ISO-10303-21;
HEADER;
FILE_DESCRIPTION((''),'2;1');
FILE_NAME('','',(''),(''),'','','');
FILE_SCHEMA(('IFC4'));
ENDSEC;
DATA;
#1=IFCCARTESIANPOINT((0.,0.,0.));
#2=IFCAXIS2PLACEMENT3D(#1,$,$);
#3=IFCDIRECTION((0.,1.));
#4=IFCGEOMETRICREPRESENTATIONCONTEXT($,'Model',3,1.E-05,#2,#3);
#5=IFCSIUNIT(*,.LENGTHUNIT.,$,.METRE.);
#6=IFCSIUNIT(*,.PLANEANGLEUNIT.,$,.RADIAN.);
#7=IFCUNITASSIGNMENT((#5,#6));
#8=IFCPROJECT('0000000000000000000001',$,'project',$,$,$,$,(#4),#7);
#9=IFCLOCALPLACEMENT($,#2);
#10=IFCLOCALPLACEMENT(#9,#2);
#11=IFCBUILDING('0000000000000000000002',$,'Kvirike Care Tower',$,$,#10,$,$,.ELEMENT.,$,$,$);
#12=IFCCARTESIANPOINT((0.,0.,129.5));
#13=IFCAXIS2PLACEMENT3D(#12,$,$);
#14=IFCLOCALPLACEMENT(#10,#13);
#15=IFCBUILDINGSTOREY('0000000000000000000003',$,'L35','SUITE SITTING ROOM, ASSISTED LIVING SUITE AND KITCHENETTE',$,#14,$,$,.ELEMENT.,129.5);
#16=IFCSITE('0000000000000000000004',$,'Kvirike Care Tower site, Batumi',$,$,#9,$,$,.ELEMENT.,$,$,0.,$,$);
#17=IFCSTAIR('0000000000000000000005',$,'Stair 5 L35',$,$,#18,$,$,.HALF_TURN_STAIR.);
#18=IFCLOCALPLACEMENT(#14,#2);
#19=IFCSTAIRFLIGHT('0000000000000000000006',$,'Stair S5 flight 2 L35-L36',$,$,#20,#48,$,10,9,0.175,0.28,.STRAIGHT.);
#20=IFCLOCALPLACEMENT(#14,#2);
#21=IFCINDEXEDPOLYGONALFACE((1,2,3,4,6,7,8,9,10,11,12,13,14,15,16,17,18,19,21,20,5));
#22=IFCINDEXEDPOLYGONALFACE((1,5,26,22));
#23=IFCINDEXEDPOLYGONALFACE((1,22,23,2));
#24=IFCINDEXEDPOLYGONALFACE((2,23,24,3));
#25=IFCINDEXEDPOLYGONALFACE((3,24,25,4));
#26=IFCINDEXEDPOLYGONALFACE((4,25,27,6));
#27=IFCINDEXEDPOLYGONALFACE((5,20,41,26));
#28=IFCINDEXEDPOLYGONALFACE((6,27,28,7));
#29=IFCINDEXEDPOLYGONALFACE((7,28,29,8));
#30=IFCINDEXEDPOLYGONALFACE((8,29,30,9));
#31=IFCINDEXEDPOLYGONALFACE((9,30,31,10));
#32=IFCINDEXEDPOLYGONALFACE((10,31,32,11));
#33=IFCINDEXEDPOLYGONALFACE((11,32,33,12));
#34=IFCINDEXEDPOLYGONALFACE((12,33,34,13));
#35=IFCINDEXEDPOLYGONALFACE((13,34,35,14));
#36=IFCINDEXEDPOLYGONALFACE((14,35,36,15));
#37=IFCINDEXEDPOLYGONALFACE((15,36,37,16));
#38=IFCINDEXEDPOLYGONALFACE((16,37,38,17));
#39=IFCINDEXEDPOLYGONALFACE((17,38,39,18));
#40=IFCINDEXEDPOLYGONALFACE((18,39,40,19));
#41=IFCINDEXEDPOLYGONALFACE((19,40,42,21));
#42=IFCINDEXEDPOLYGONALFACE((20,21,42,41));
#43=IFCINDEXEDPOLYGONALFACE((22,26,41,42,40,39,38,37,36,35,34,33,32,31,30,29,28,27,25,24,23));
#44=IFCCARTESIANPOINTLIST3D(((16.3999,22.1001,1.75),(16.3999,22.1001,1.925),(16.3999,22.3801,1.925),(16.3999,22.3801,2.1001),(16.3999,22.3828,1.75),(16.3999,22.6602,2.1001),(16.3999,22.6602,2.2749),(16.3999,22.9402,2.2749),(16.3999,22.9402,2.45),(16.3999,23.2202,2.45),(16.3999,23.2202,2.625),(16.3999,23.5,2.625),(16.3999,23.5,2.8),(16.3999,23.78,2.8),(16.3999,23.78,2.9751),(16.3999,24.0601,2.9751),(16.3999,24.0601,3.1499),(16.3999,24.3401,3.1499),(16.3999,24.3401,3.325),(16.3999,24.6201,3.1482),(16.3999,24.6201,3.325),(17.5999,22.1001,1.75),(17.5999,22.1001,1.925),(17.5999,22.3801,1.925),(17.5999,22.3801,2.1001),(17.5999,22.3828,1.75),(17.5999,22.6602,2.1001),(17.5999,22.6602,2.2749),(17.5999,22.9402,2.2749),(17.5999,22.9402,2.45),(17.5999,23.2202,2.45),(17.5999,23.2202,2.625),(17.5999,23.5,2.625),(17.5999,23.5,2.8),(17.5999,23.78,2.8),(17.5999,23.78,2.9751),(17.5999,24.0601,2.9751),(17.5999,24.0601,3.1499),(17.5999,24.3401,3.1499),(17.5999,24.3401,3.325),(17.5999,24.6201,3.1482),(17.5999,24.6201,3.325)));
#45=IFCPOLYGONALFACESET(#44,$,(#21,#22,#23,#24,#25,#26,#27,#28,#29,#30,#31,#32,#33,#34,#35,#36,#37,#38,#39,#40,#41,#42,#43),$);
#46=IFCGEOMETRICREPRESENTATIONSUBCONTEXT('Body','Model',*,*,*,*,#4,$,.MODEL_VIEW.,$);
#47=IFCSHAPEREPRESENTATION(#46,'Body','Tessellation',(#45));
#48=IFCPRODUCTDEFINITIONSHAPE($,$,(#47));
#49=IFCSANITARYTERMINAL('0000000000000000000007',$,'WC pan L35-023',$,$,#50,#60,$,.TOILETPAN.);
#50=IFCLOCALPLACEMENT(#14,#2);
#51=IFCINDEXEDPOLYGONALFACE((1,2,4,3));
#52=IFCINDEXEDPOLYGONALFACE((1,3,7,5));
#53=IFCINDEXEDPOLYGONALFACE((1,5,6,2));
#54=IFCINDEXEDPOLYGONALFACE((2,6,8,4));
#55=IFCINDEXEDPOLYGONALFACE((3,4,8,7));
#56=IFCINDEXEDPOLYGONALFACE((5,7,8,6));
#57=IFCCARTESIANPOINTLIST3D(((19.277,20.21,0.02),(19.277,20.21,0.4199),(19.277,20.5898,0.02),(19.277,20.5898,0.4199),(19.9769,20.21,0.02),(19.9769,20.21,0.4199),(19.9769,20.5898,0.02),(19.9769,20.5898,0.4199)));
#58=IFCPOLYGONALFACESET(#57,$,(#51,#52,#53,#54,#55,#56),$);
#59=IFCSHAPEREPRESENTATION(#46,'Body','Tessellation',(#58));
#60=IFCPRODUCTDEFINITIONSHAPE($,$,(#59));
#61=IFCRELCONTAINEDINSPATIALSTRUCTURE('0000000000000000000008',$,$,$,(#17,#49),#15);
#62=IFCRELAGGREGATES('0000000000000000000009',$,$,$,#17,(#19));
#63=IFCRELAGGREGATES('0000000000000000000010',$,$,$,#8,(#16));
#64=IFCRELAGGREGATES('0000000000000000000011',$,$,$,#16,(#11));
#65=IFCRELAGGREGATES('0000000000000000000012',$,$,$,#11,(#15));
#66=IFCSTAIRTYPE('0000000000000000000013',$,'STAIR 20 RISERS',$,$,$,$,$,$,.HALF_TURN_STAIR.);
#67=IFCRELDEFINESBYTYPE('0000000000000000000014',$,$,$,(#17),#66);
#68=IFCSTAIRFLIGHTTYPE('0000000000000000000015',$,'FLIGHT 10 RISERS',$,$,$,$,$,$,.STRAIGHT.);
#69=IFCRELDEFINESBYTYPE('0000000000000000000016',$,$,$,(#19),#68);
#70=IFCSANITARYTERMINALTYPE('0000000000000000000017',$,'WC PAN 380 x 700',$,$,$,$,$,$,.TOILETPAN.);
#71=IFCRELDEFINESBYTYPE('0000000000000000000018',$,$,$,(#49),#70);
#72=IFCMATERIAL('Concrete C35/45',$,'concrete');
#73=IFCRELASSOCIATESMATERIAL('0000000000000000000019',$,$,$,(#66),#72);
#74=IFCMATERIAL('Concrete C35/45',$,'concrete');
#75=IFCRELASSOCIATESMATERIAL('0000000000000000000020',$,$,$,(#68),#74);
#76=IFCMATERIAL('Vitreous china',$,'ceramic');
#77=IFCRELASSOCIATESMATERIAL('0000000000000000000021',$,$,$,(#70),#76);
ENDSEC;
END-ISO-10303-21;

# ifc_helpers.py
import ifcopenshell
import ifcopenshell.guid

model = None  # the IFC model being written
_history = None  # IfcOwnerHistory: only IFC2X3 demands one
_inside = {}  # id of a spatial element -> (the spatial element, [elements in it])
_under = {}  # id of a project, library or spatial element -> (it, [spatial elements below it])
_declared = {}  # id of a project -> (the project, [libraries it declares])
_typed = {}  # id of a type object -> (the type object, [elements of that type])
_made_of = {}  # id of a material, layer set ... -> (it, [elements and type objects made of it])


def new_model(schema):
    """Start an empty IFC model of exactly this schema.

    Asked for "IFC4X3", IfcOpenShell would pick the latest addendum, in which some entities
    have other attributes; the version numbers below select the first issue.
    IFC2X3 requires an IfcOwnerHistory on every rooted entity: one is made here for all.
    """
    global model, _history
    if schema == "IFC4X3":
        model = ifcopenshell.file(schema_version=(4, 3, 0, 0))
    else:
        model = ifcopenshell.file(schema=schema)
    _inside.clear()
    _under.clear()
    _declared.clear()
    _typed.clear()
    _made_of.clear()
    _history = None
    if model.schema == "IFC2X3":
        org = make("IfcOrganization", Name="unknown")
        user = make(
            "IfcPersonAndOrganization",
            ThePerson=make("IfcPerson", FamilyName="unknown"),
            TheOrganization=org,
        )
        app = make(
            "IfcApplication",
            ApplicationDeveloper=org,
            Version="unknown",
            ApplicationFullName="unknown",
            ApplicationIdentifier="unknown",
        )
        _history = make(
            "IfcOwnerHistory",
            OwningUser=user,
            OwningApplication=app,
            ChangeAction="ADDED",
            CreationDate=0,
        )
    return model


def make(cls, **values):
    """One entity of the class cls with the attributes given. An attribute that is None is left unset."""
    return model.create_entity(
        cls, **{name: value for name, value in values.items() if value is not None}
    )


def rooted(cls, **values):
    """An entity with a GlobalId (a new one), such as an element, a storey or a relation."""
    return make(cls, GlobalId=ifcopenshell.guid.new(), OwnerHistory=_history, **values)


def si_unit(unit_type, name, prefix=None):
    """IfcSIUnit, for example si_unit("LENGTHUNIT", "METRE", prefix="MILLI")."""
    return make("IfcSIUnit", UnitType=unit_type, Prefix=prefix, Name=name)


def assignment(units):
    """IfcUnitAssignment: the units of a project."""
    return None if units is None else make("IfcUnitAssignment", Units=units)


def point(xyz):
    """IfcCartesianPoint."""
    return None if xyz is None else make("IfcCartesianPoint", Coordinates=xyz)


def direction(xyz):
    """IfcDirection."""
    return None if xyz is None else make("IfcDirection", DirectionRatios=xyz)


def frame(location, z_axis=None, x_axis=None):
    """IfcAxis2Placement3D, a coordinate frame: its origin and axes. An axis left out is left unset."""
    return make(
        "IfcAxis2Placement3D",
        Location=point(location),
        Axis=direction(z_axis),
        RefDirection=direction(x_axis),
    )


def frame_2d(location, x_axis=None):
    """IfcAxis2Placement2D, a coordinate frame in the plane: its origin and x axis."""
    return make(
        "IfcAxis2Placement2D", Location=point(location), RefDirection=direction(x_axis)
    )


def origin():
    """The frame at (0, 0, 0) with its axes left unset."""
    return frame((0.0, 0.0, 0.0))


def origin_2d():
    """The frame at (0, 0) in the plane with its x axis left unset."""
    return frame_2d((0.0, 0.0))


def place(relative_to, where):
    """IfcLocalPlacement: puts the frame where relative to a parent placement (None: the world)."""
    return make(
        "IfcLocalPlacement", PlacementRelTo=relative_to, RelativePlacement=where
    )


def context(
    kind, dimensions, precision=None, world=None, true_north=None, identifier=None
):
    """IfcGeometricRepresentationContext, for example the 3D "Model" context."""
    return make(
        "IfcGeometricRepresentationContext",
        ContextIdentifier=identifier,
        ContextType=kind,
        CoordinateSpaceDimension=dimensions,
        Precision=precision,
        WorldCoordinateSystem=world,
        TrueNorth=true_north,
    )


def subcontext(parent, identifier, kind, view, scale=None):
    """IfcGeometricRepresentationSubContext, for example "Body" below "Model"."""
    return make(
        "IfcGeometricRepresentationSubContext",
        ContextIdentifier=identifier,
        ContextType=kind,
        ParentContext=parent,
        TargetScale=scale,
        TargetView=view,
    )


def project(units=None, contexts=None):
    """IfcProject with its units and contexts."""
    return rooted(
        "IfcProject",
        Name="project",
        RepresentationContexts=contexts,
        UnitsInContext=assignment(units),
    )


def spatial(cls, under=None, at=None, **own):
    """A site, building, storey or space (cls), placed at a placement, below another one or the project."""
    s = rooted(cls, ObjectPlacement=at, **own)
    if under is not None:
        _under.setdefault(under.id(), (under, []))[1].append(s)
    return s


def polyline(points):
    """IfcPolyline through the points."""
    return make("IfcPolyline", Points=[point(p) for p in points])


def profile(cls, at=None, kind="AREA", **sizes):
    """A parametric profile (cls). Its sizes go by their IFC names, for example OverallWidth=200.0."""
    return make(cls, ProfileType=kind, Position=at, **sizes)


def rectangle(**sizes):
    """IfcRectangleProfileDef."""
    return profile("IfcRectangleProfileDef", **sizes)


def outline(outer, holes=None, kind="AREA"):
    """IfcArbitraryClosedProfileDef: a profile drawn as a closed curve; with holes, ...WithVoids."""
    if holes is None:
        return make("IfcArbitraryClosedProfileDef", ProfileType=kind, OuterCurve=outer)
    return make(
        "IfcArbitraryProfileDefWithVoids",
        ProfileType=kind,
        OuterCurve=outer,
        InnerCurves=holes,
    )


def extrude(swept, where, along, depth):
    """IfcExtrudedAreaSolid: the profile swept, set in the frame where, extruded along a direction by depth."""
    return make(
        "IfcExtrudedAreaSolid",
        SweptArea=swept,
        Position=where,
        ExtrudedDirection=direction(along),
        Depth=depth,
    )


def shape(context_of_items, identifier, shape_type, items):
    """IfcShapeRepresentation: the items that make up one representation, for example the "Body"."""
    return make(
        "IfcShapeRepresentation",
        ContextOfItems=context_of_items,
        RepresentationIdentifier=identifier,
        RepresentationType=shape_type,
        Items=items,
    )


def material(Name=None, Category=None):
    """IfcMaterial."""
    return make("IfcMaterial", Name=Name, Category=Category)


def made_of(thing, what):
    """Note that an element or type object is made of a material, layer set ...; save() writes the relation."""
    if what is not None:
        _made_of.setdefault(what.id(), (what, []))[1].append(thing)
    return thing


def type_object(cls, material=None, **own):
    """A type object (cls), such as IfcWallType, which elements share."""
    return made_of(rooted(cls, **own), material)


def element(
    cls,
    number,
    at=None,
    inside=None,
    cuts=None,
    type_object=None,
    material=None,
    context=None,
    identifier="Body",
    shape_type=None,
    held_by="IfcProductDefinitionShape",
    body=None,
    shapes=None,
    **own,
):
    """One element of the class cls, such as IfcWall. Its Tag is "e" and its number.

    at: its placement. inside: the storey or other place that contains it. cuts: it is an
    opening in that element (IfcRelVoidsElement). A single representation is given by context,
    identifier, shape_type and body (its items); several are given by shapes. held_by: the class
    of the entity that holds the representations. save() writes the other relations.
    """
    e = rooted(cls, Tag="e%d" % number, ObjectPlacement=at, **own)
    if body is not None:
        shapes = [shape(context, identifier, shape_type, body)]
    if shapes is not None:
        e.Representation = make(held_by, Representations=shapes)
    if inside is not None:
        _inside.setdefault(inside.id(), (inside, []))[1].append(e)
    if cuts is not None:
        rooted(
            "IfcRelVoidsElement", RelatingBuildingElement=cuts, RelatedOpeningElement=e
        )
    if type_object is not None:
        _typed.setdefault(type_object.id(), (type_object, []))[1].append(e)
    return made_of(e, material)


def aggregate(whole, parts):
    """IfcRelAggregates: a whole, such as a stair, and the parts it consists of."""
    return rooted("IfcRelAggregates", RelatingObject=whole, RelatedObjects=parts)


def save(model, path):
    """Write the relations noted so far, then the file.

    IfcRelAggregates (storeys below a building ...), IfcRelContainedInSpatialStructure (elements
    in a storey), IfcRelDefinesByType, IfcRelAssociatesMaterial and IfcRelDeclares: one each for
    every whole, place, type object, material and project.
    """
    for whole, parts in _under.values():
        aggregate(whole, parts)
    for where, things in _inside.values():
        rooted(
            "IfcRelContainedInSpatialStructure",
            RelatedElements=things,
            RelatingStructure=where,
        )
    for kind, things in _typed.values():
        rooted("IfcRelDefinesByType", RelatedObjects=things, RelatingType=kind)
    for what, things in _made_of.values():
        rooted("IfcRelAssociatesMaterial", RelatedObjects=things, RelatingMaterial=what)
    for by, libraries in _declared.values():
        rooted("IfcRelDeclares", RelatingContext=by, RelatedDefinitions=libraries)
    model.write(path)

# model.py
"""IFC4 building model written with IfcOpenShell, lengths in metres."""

from ifc_helpers import new_model, si_unit, direction, frame, origin, origin_2d, place, context, subcontext, project, spatial, polyline, rectangle, outline, extrude, material, type_object, element, aggregate, save


model = new_model("IFC4")

# Units and contexts
model_context = context("Model", 3, precision=1e-05, world=origin(), true_north=direction((0.0, 1.0)))
body_context = subcontext(model_context, "Body", "Model", "MODEL_VIEW")
ifc_project = project(units=[si_unit("LENGTHUNIT", "METRE"), si_unit("PLANEANGLEUNIT", "RADIAN")], contexts=[model_context])

# Site, building, storey
site_placement = place(None, origin())
site = spatial("IfcSite", under=ifc_project, at=site_placement, Name="Kvirike Care Tower site, Batumi", CompositionType="ELEMENT", RefElevation=0.0)
building_placement = place(site_placement, origin())
building = spatial("IfcBuilding", under=site, at=building_placement, Name="Kvirike Care Tower", CompositionType="ELEMENT")
storey_placement = place(building_placement, frame((0.0, 0.0, 129.5)))
storey = spatial("IfcBuildingStorey", under=building, at=storey_placement, Name="L35", Description="SUITE SITTING ROOM, ASSISTED LIVING SUITE AND KITCHENETTE", CompositionType="ELEMENT", Elevation=129.5)

# Stair, stair flight
ifc_material_1 = material(Name="Concrete C35/45", Category="concrete")
stair_type = type_object("IfcStairType", Name="STAIR 20 RISERS", PredefinedType="HALF_TURN_STAIR", material=ifc_material_1)
stair_placement = place(storey_placement, origin())
stair = element("IfcStair", 1, at=stair_placement, inside=storey, type_object=stair_type, Name="Stair 5 L35", PredefinedType="HALF_TURN_STAIR")
ifc_material_2 = material(Name="Concrete C35/45", Category="concrete")
stair_flight_type = type_object("IfcStairFlightType", Name="FLIGHT 10 RISERS", PredefinedType="STRAIGHT", material=ifc_material_2)
stair_flight_placement = place(storey_placement, frame((17.0, 22.1001, 1.75), z_axis=(0.0, 0.0, 1.0), x_axis=(0.0, 1.0, 0.0)))
stair_flight = element("IfcStairFlight", 2, at=stair_flight_placement, type_object=stair_flight_type, Name="Stair S5 flight 2 L35-L36", NumberOfRisers=10, NumberOfTreads=9, PredefinedType="STRAIGHT", RiserHeight=0.175, TreadLength=0.28, context=body_context, shape_type="SweptSolid", body=[
    extrude(outline(polyline([(0.0, 0.0), (0.0, 0.175), (0.28, 0.175), (0.28, 0.3501), (0.5601, 0.3501), (0.5601, 0.5249), (0.8401, 0.5249), (0.8401, 0.7), (1.1201, 0.7), (1.1201, 0.875), (1.3999, 0.875), (1.3999, 1.05), (1.6799, 1.05), (1.6799, 1.2251), (1.96, 1.2251), (1.96, 1.3999), (2.24, 1.3999), (2.24, 1.575), (2.52, 1.575), (2.52, 1.75), (2.52, 1.3982), (0.2827, 0.0), (0.0, 0.0)])), frame((0.0, 0.6001, 0.0), z_axis=(0.0, -1.0, 0.0), x_axis=(1.0, 0.0, 0.0)), (0.0, 0.0, 1.0), 1.2),
])
aggregate(stair, [stair_flight])

# Sanitary terminal
ifc_material_3 = material(Name="Vitreous china", Category="ceramic")
sanitary_terminal_type = type_object("IfcSanitaryTerminalType", Name="WC PAN 380 x 700", PredefinedType="TOILETPAN", material=ifc_material_3)
sanitary_terminal_placement = place(storey_placement, frame((19.627, 20.3999, 0.02), z_axis=(0.0, 0.0, 1.0), x_axis=(0.0, 1.0, 0.0)))
element("IfcSanitaryTerminal", 3, at=sanitary_terminal_placement, inside=storey, type_object=sanitary_terminal_type, Name="WC pan L35-023", PredefinedType="TOILETPAN", context=body_context, shape_type="SweptSolid", body=[
    extrude(rectangle(XDim=0.3799, YDim=0.7, at=origin_2d()), origin(), (0.0, 0.0, 1.0), 0.3999),
])

save(model, "model.ifc")
